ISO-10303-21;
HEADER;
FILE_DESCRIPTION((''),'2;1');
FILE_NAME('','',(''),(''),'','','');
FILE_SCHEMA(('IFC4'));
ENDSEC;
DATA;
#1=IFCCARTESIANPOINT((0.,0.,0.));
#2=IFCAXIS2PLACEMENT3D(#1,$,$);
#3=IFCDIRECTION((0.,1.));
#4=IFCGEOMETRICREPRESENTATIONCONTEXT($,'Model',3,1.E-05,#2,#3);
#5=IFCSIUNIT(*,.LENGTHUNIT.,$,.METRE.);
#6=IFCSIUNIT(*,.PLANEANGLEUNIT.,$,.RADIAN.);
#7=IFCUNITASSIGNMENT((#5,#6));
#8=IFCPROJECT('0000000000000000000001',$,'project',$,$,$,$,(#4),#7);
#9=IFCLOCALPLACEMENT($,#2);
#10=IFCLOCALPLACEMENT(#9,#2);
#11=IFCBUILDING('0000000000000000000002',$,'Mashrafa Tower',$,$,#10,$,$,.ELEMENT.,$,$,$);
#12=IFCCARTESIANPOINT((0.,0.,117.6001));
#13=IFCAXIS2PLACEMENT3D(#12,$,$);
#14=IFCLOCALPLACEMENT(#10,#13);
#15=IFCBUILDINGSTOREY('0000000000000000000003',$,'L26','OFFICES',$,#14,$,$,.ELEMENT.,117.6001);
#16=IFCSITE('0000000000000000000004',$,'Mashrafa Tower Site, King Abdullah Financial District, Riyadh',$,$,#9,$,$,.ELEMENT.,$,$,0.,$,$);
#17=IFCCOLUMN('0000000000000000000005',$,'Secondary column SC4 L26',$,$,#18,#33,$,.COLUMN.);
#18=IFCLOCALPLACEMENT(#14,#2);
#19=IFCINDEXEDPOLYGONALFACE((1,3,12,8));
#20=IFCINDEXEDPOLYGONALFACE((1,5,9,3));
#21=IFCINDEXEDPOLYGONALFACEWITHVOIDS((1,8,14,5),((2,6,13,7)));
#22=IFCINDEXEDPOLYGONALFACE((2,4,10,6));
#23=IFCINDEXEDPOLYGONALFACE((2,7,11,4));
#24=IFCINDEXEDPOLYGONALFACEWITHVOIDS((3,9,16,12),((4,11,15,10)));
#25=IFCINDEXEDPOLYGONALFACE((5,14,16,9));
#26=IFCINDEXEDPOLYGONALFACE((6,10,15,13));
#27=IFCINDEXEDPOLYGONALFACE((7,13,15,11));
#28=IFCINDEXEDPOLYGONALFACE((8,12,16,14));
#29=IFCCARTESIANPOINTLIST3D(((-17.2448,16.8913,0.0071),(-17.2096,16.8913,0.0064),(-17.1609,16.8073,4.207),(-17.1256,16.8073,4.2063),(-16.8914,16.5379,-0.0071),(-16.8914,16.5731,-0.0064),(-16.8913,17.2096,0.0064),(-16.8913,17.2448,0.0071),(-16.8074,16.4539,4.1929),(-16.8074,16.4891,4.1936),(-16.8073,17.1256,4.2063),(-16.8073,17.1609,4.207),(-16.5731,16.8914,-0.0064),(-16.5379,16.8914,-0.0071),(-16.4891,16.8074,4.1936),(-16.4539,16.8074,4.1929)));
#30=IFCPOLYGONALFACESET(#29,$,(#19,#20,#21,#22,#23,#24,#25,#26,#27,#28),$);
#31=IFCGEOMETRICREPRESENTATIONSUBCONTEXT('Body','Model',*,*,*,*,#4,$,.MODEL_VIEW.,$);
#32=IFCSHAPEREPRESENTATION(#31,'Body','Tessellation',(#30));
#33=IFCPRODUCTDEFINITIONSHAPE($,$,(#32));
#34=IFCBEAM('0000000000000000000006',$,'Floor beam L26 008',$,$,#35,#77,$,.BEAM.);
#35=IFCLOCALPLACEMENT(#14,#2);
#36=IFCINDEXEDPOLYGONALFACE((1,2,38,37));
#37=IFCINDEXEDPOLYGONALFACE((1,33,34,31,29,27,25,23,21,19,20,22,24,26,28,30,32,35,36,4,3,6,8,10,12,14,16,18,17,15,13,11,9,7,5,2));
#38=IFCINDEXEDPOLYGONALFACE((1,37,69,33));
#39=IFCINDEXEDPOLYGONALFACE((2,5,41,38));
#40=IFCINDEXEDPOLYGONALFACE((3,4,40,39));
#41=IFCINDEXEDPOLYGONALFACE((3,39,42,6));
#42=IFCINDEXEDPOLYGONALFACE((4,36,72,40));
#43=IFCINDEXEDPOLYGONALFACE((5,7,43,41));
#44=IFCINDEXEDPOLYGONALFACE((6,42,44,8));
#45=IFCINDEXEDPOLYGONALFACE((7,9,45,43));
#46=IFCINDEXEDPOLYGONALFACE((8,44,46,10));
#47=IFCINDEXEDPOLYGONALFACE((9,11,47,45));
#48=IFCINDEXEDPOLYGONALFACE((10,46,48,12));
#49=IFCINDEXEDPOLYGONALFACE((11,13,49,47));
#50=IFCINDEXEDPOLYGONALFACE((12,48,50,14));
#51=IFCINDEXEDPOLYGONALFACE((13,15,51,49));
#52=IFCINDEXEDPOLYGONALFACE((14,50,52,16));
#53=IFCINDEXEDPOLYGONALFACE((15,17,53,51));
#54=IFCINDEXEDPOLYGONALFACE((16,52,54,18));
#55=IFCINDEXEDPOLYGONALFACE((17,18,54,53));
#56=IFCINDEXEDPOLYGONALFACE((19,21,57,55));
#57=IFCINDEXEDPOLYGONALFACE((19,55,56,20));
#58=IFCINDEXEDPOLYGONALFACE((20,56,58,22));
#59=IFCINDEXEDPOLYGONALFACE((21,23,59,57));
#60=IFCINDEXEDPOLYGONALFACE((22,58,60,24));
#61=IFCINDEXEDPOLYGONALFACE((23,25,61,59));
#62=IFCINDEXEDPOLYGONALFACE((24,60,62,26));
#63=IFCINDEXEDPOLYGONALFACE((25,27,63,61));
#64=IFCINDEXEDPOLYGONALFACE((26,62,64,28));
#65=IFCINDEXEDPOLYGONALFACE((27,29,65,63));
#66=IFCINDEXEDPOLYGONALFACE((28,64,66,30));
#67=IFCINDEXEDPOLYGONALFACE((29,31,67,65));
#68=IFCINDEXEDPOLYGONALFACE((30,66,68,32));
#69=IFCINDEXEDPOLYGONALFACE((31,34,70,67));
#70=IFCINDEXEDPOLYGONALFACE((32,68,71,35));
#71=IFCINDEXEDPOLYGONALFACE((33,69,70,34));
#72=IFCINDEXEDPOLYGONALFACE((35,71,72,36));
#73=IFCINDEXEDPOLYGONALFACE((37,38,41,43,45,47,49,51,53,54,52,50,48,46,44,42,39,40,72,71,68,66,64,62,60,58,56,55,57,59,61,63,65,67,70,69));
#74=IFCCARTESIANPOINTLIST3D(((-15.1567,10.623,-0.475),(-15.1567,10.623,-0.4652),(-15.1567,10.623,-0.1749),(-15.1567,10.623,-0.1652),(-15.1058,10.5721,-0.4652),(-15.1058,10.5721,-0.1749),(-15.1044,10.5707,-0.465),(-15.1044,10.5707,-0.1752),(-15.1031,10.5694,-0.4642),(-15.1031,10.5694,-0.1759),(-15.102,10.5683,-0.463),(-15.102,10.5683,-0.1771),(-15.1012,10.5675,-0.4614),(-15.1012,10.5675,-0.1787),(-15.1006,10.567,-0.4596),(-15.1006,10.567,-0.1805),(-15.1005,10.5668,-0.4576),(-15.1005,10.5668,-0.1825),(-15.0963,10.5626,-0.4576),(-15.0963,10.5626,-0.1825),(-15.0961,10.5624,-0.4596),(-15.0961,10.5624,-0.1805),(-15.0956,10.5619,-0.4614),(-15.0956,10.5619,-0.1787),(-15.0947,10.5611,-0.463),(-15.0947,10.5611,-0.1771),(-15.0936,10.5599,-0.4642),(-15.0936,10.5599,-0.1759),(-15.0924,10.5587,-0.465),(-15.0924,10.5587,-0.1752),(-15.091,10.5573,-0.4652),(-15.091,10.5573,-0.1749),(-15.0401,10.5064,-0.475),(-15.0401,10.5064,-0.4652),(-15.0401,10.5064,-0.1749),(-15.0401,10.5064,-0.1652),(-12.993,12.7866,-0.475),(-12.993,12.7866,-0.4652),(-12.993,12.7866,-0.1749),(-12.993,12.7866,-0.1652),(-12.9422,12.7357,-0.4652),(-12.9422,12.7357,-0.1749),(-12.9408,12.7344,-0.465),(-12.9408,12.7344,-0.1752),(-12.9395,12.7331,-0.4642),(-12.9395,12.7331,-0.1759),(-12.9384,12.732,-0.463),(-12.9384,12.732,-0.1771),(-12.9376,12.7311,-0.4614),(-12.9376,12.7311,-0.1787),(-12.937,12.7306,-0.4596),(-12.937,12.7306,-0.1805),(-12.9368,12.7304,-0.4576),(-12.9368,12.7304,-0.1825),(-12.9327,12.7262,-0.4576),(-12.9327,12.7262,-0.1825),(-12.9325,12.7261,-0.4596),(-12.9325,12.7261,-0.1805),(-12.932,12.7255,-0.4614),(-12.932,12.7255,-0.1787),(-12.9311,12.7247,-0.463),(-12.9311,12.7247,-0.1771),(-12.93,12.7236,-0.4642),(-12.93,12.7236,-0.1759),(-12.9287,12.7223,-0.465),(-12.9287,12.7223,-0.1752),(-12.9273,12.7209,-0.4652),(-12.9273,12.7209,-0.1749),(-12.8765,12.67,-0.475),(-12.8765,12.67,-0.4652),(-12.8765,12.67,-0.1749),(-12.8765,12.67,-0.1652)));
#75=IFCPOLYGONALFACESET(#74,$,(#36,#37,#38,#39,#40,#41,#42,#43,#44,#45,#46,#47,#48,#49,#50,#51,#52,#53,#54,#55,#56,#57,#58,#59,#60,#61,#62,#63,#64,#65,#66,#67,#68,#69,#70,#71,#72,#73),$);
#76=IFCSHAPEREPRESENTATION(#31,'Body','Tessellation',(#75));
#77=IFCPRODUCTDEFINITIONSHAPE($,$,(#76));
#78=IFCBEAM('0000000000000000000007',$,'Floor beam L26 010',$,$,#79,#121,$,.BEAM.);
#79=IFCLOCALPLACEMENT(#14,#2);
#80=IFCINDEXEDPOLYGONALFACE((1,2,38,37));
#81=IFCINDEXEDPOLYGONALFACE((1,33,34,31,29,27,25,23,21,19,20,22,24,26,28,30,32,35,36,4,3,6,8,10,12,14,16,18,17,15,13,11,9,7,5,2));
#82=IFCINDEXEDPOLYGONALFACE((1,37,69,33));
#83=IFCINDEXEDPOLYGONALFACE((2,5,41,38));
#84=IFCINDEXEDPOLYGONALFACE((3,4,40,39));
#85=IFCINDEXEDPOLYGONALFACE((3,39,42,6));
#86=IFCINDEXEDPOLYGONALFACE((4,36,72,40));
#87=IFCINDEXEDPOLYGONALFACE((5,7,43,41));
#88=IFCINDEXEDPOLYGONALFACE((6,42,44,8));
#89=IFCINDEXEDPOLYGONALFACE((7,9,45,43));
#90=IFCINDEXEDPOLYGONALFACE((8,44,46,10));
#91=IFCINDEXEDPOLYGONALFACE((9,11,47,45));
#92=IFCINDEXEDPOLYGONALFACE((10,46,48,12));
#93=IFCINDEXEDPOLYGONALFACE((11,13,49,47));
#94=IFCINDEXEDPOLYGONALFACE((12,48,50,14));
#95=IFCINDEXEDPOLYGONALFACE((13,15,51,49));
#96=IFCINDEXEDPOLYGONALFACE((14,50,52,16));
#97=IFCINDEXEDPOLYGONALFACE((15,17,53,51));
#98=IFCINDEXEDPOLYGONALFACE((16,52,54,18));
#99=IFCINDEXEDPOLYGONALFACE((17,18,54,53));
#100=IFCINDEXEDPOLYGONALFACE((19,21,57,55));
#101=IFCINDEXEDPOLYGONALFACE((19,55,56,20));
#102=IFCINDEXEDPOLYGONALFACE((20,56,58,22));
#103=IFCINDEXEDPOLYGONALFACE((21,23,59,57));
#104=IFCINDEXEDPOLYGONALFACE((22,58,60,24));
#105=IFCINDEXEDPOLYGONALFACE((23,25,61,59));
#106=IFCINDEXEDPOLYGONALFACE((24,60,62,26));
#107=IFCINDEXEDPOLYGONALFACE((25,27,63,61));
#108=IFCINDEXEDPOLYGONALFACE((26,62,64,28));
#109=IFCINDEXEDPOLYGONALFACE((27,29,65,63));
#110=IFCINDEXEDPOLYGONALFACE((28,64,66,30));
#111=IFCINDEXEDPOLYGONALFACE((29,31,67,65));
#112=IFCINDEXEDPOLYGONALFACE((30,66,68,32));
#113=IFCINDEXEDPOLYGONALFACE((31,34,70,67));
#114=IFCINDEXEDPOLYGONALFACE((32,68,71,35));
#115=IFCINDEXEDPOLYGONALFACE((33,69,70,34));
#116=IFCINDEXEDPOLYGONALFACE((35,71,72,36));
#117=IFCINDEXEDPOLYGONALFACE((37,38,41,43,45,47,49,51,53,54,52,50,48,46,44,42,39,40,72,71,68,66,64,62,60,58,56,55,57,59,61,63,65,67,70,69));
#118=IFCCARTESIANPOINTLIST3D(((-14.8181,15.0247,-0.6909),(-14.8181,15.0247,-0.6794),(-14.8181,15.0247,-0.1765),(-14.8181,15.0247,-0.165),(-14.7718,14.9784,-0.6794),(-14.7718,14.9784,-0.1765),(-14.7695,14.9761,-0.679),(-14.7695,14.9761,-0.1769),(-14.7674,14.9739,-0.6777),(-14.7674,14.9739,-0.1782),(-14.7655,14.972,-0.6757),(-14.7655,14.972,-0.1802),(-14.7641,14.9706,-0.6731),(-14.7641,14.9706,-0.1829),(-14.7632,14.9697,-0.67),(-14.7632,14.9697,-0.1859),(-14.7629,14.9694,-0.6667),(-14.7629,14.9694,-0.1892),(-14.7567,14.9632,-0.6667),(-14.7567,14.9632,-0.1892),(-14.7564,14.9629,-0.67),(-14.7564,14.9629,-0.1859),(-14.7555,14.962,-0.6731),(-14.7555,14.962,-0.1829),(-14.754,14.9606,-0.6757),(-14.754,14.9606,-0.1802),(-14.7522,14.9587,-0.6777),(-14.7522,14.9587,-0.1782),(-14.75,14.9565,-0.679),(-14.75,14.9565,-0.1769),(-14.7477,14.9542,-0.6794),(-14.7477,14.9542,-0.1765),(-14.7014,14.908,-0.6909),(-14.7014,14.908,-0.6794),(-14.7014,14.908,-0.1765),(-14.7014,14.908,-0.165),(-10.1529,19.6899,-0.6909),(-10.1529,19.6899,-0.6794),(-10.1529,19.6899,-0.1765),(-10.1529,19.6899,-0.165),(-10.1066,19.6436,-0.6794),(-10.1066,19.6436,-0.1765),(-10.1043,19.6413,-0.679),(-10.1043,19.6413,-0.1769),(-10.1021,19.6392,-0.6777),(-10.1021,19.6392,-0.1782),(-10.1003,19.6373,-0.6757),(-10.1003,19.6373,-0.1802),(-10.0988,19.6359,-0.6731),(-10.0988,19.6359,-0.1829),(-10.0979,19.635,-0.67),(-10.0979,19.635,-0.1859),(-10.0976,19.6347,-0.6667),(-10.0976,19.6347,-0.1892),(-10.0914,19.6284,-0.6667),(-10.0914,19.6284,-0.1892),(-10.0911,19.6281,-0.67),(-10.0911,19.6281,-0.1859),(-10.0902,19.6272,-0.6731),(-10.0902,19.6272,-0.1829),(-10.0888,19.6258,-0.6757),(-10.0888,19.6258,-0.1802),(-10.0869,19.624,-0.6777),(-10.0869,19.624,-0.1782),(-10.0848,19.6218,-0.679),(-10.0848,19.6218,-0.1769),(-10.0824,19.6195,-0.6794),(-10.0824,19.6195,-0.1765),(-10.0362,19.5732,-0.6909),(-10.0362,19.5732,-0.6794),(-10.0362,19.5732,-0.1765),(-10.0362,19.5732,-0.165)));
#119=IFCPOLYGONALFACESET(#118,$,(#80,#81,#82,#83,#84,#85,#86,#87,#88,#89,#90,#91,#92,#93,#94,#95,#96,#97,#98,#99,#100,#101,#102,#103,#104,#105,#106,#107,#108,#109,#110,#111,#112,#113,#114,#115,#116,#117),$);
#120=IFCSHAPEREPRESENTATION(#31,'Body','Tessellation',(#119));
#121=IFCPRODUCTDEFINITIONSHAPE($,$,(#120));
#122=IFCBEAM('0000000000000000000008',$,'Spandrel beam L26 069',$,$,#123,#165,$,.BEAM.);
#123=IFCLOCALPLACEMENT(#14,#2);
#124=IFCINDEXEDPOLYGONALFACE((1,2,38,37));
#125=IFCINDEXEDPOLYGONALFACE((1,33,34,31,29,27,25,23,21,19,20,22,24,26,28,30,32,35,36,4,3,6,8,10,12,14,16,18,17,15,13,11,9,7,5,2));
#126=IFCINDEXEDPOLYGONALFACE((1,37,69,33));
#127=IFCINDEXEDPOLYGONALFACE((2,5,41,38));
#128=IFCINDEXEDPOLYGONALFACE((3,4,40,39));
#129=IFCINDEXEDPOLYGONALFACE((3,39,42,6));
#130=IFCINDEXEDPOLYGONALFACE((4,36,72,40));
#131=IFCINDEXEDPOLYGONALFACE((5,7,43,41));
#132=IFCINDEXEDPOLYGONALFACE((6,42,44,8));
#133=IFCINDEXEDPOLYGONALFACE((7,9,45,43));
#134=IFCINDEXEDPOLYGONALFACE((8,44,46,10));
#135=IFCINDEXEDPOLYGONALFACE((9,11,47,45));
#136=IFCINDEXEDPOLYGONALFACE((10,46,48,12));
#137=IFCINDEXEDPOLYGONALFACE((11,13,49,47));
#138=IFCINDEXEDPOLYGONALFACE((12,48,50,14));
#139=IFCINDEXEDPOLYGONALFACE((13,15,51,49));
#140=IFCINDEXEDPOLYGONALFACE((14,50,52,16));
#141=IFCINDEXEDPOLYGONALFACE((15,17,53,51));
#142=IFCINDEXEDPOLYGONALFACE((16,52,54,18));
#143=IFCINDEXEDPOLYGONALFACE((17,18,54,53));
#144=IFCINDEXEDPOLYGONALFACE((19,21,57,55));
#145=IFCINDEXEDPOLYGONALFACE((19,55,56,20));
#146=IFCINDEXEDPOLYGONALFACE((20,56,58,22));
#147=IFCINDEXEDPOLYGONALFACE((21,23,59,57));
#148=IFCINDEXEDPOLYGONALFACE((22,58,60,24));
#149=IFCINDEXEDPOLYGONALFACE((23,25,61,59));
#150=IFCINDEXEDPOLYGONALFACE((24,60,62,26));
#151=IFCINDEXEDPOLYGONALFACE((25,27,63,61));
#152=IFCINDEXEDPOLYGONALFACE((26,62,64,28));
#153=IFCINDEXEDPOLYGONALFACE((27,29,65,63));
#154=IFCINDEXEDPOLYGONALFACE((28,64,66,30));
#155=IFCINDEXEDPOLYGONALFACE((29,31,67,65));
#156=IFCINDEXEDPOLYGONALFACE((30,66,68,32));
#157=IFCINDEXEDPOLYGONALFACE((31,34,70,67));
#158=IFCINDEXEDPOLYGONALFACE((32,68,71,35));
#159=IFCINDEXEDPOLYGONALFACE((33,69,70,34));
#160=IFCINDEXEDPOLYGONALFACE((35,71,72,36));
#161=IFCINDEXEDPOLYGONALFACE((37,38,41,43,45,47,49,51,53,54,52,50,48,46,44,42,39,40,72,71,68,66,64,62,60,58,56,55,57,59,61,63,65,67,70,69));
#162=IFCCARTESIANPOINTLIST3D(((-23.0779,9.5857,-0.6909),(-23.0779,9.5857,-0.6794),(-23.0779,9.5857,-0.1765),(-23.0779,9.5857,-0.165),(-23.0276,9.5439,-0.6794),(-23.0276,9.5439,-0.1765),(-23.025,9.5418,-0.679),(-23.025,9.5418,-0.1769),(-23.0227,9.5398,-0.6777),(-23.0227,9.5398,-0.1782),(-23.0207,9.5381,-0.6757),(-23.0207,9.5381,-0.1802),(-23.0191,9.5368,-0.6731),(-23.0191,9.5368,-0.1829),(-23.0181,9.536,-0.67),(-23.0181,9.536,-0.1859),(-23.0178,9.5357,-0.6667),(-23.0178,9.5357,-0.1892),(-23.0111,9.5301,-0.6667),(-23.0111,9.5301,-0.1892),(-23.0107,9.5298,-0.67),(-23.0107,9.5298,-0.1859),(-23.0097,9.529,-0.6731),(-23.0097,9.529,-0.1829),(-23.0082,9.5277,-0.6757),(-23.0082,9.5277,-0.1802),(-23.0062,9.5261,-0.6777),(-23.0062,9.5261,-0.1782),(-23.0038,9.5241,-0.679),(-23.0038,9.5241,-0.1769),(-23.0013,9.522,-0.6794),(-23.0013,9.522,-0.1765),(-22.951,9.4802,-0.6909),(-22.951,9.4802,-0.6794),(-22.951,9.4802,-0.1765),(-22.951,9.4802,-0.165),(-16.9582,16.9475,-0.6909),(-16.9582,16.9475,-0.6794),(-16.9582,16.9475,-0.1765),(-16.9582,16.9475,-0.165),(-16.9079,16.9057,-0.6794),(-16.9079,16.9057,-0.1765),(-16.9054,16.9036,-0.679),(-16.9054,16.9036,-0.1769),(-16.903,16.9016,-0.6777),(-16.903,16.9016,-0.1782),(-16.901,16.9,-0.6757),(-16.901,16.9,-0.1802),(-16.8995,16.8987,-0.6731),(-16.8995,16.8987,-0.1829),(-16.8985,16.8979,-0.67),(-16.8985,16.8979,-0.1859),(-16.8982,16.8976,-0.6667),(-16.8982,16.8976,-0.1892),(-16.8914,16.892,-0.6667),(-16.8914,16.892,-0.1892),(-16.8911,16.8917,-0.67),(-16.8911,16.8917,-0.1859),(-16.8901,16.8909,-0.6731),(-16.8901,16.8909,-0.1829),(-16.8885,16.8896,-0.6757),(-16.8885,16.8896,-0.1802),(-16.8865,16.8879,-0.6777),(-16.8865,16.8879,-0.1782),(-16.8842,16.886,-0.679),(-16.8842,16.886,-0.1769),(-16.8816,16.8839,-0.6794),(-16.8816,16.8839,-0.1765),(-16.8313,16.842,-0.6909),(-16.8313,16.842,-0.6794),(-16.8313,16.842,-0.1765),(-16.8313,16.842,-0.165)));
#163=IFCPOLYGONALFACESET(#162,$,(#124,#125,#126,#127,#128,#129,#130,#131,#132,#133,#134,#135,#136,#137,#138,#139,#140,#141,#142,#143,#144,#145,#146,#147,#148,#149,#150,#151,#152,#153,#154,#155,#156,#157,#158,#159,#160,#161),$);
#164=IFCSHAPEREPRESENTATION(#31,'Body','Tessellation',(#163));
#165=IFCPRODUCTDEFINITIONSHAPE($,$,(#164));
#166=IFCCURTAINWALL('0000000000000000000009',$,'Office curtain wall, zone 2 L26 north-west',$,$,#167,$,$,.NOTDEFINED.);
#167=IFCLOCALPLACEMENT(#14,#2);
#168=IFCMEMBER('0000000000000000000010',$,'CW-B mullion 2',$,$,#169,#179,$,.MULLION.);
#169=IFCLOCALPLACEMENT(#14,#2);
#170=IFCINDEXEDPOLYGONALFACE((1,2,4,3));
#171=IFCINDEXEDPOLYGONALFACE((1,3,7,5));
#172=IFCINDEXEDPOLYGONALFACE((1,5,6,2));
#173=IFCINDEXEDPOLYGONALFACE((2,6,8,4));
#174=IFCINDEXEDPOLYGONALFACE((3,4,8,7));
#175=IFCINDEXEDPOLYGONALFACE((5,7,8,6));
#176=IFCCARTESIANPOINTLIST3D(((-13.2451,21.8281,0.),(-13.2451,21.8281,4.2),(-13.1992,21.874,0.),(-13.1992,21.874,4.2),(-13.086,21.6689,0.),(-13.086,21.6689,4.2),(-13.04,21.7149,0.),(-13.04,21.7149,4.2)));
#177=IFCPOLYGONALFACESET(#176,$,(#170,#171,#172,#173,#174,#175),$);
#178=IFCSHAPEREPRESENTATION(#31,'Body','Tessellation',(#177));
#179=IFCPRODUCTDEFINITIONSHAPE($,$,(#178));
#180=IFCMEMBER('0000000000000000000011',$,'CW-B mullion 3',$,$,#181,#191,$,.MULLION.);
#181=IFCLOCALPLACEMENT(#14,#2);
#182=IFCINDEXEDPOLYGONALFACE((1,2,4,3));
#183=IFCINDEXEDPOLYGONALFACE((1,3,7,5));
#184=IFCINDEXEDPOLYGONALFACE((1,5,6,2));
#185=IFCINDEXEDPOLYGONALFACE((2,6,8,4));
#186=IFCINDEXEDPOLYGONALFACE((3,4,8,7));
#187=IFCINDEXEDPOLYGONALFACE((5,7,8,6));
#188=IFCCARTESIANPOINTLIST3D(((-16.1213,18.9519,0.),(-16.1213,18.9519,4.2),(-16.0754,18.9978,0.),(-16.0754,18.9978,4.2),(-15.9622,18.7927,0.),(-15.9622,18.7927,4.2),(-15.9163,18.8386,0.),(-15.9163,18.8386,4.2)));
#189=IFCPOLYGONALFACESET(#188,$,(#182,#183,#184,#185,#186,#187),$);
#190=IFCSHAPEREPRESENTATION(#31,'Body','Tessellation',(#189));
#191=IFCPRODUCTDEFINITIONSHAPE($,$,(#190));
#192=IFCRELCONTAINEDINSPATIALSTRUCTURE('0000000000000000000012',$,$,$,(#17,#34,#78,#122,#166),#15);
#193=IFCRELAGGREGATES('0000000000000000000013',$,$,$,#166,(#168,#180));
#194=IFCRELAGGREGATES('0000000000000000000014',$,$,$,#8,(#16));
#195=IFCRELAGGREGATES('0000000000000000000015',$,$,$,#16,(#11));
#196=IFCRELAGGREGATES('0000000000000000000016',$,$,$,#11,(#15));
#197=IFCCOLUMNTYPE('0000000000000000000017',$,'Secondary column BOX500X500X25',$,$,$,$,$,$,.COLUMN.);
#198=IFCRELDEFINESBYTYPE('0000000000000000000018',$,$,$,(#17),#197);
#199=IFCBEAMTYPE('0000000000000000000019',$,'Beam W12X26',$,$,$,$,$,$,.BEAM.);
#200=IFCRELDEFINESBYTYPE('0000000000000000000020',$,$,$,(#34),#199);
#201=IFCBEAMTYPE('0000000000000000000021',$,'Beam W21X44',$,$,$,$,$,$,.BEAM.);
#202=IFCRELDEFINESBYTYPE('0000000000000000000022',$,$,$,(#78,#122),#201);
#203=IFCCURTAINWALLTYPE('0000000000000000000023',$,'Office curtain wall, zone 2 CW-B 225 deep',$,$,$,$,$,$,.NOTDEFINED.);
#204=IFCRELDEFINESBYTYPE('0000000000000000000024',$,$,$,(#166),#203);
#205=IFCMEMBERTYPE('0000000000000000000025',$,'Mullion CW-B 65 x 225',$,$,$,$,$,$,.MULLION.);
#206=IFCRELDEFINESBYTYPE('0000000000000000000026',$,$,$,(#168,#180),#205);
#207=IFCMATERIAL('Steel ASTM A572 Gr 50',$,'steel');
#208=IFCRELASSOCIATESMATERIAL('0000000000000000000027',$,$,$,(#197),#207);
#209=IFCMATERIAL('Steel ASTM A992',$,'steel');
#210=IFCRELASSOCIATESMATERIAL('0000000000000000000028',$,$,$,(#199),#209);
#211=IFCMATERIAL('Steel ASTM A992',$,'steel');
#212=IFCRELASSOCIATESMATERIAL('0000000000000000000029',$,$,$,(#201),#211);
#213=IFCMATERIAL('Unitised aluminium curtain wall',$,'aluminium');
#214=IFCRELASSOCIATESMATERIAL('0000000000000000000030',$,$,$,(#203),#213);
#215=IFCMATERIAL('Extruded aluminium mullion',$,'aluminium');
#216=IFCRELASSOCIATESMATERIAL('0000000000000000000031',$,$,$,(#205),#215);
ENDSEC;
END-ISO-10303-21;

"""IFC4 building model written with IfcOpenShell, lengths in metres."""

from ifc_helpers import new_model, si_unit, direction, frame, origin, origin_2d, place, context, subcontext, project, spatial, rectangle, hollow_rectangle, i_section, extrude, source, transform, mapped, material, material_profile, profile_set, type_object, type_shapes, element, aggregate, save


model = new_model("IFC4")

# Units and contexts
model_context = context("Model", 3, precision=1e-05, world=origin(), true_north=direction((0.0, 1.0)))
body_context = subcontext(model_context, "Body", "Model", "MODEL_VIEW")
ifc_project = project(units=[si_unit("LENGTHUNIT", "METRE"), si_unit("PLANEANGLEUNIT", "RADIAN")], contexts=[model_context])

# Site, building, storey
site_placement = place(None, origin())
site = spatial("IfcSite", under=ifc_project, at=site_placement, Name="Mashrafa Tower Site, King Abdullah Financial District, Riyadh", CompositionType="ELEMENT", RefElevation=0.0)
building_placement = place(site_placement, origin())
building = spatial("IfcBuilding", under=site, at=building_placement, Name="Mashrafa Tower", CompositionType="ELEMENT")
storey_placement = place(building_placement, frame((0.0, 0.0, 117.6001)))
storey = spatial("IfcBuildingStorey", under=building, at=storey_placement, Name="L26", Description="OFFICES", CompositionType="ELEMENT", Elevation=117.6001)

# Column
ifc_material_1 = material(Name="Steel ASTM A572 Gr 50", Category="steel")
ifc_material_profile_1 = material_profile(ifc_material_1, hollow_rectangle(XDim=0.5, YDim=0.5, WallThickness=0.0249, at=origin_2d()), Name="BOX500X500X25")
ifc_profile_set_1 = profile_set([ifc_material_profile_1], Name="Steel ASTM A572 Gr 50")
column_type = type_object("IfcColumnType", Name="Secondary column BOX500X500X25", PredefinedType="COLUMN", material=ifc_profile_set_1)
column_placement = place(storey_placement, frame((-16.8914, 16.8914, 0.0), z_axis=(0.019989, -0.019989, 0.9996), x_axis=(0.707107, 0.707107, 0.0)))
element("IfcColumn", 1, at=column_placement, inside=storey, type_object=column_type, Name="Secondary column SC4 L26", PredefinedType="COLUMN", context=body_context, shape_type="SweptSolid", body=[
    extrude(hollow_rectangle(XDim=0.5, YDim=0.5, WallThickness=0.0249, at=origin_2d()), origin(), (0.0, 0.0, 1.0), 4.2017),
])

# Beams
ifc_material_2 = material(Name="Steel ASTM A992", Category="steel")
ifc_material_profile_2 = material_profile(ifc_material_2, i_section(OverallWidth=0.1648, OverallDepth=0.3098, WebThickness=0.0059, FlangeThickness=0.0098, FilletRadius=0.0076, at=origin_2d()), Name="W12X26")
ifc_profile_set_2 = profile_set([ifc_material_profile_2], Name="Steel ASTM A992")
beam_type_1 = type_object("IfcBeamType", Name="Beam W12X26", PredefinedType="BEAM", material=ifc_profile_set_2)
beam_1_placement = place(storey_placement, frame((-15.0984, 10.5647, -0.3201), z_axis=(0.707107, 0.707107, 0.0), x_axis=(-0.707107, 0.707107, 0.0)))
element("IfcBeam", 2, at=beam_1_placement, inside=storey, type_object=beam_type_1, Name="Floor beam L26 008", PredefinedType="BEAM", context=body_context, shape_type="SweptSolid", body=[
    extrude(i_section(OverallWidth=0.1648, OverallDepth=0.3098, WebThickness=0.0059, FlangeThickness=0.0098, FilletRadius=0.0076, at=origin_2d()), origin(), (0.0, 0.0, 1.0), 3.0598),
])
ifc_material_3 = material(Name="Steel ASTM A992", Category="steel")
ifc_material_profile_3 = material_profile(ifc_material_3, i_section(OverallWidth=0.165, OverallDepth=0.5259, WebThickness=0.0088, FlangeThickness=0.0115, FilletRadius=0.0127, at=origin_2d()), Name="W21X44")
ifc_profile_set_3 = profile_set([ifc_material_profile_3], Name="Steel ASTM A992")
beam_type_2 = type_object("IfcBeamType", Name="Beam W21X44", PredefinedType="BEAM", material=ifc_profile_set_3)
beam_2_placement = place(storey_placement, frame((-14.7598, 14.9663, -0.428), z_axis=(0.707107, 0.707107, 0.0), x_axis=(-0.707107, 0.707107, 0.0)))
element("IfcBeam", 3, at=beam_2_placement, inside=storey, type_object=beam_type_2, Name="Floor beam L26 010", PredefinedType="BEAM", context=body_context, shape_type="SweptSolid", body=[
    extrude(i_section(OverallWidth=0.165, OverallDepth=0.5259, WebThickness=0.0088, FlangeThickness=0.0115, FilletRadius=0.0127, at=origin_2d()), origin(), (0.0, 0.0, 1.0), 6.5977),
])
beam_3_placement = place(storey_placement, frame((-16.8948, 16.8948, -0.428), z_axis=(-0.639246, -0.769003, 0.0), x_axis=(0.769003, -0.639246, 0.0)))
element("IfcBeam", 4, at=beam_3_placement, inside=storey, type_object=beam_type_2, Name="Spandrel beam L26 069", PredefinedType="BEAM", context=body_context, shape_type="SweptSolid", body=[
    extrude(i_section(OverallWidth=0.165, OverallDepth=0.5259, WebThickness=0.0088, FlangeThickness=0.0115, FilletRadius=0.0127, at=origin_2d()), origin(), (0.0, 0.0, 1.0), 9.5732),
])

# Curtain wall, members
ifc_material_4 = material(Name="Unitised aluminium curtain wall", Category="aluminium")
curtain_wall_type = type_object("IfcCurtainWallType", Name="Office curtain wall, zone 2 CW-B 225 deep", PredefinedType="NOTDEFINED", material=ifc_material_4)
curtain_wall_placement = place(storey_placement, origin())
curtain_wall = element("IfcCurtainWall", 5, at=curtain_wall_placement, inside=storey, type_object=curtain_wall_type, Name="Office curtain wall, zone 2 L26 north-west", PredefinedType="NOTDEFINED")
ifc_material_5 = material(Name="Extruded aluminium mullion", Category="aluminium")
ifc_material_profile_4 = material_profile(ifc_material_5, rectangle(XDim=0.2251, YDim=0.0649, at=origin_2d()), Name="Mullion 65x225")
ifc_profile_set_4 = profile_set([ifc_material_profile_4], Name="Extruded aluminium mullion")
member_type_1 = type_object("IfcMemberType", Name="Mullion CW-B 65 x 225", PredefinedType="MULLION", material=ifc_profile_set_4)
shared_shape_1 = source(origin(), body_context, "Body", "SweptSolid", [
    extrude(rectangle(XDim=0.2251, YDim=0.0649, at=origin_2d()), origin(), (0.0, 0.0, 1.0), 4.2),
])
type_shapes(member_type_1, [shared_shape_1])
member_1_placement = place(storey_placement, frame((-13.1426, 21.7715, 0.0), z_axis=(0.0, 0.0, 1.0), x_axis=(0.707107, -0.707107, 0.0)))
member_1 = element("IfcMember", 6, at=member_1_placement, type_object=member_type_1, Name="CW-B mullion 2", PredefinedType="MULLION", context=body_context, shape_type="MappedRepresentation", body=[
    mapped(shared_shape_1, transform((0.0, 0.0, 0.0))),
])
member_2_placement = place(storey_placement, frame((-16.0188, 18.8953, 0.0), z_axis=(0.0, 0.0, 1.0), x_axis=(0.707107, -0.707107, 0.0)))
member_2 = element("IfcMember", 7, at=member_2_placement, type_object=member_type_1, Name="CW-B mullion 3", PredefinedType="MULLION", context=body_context, shape_type="MappedRepresentation", body=[
    mapped(shared_shape_1, transform((0.0, 0.0, 0.0))),
])
aggregate(curtain_wall, [member_1, member_2])

save(model, "model.ifc")
